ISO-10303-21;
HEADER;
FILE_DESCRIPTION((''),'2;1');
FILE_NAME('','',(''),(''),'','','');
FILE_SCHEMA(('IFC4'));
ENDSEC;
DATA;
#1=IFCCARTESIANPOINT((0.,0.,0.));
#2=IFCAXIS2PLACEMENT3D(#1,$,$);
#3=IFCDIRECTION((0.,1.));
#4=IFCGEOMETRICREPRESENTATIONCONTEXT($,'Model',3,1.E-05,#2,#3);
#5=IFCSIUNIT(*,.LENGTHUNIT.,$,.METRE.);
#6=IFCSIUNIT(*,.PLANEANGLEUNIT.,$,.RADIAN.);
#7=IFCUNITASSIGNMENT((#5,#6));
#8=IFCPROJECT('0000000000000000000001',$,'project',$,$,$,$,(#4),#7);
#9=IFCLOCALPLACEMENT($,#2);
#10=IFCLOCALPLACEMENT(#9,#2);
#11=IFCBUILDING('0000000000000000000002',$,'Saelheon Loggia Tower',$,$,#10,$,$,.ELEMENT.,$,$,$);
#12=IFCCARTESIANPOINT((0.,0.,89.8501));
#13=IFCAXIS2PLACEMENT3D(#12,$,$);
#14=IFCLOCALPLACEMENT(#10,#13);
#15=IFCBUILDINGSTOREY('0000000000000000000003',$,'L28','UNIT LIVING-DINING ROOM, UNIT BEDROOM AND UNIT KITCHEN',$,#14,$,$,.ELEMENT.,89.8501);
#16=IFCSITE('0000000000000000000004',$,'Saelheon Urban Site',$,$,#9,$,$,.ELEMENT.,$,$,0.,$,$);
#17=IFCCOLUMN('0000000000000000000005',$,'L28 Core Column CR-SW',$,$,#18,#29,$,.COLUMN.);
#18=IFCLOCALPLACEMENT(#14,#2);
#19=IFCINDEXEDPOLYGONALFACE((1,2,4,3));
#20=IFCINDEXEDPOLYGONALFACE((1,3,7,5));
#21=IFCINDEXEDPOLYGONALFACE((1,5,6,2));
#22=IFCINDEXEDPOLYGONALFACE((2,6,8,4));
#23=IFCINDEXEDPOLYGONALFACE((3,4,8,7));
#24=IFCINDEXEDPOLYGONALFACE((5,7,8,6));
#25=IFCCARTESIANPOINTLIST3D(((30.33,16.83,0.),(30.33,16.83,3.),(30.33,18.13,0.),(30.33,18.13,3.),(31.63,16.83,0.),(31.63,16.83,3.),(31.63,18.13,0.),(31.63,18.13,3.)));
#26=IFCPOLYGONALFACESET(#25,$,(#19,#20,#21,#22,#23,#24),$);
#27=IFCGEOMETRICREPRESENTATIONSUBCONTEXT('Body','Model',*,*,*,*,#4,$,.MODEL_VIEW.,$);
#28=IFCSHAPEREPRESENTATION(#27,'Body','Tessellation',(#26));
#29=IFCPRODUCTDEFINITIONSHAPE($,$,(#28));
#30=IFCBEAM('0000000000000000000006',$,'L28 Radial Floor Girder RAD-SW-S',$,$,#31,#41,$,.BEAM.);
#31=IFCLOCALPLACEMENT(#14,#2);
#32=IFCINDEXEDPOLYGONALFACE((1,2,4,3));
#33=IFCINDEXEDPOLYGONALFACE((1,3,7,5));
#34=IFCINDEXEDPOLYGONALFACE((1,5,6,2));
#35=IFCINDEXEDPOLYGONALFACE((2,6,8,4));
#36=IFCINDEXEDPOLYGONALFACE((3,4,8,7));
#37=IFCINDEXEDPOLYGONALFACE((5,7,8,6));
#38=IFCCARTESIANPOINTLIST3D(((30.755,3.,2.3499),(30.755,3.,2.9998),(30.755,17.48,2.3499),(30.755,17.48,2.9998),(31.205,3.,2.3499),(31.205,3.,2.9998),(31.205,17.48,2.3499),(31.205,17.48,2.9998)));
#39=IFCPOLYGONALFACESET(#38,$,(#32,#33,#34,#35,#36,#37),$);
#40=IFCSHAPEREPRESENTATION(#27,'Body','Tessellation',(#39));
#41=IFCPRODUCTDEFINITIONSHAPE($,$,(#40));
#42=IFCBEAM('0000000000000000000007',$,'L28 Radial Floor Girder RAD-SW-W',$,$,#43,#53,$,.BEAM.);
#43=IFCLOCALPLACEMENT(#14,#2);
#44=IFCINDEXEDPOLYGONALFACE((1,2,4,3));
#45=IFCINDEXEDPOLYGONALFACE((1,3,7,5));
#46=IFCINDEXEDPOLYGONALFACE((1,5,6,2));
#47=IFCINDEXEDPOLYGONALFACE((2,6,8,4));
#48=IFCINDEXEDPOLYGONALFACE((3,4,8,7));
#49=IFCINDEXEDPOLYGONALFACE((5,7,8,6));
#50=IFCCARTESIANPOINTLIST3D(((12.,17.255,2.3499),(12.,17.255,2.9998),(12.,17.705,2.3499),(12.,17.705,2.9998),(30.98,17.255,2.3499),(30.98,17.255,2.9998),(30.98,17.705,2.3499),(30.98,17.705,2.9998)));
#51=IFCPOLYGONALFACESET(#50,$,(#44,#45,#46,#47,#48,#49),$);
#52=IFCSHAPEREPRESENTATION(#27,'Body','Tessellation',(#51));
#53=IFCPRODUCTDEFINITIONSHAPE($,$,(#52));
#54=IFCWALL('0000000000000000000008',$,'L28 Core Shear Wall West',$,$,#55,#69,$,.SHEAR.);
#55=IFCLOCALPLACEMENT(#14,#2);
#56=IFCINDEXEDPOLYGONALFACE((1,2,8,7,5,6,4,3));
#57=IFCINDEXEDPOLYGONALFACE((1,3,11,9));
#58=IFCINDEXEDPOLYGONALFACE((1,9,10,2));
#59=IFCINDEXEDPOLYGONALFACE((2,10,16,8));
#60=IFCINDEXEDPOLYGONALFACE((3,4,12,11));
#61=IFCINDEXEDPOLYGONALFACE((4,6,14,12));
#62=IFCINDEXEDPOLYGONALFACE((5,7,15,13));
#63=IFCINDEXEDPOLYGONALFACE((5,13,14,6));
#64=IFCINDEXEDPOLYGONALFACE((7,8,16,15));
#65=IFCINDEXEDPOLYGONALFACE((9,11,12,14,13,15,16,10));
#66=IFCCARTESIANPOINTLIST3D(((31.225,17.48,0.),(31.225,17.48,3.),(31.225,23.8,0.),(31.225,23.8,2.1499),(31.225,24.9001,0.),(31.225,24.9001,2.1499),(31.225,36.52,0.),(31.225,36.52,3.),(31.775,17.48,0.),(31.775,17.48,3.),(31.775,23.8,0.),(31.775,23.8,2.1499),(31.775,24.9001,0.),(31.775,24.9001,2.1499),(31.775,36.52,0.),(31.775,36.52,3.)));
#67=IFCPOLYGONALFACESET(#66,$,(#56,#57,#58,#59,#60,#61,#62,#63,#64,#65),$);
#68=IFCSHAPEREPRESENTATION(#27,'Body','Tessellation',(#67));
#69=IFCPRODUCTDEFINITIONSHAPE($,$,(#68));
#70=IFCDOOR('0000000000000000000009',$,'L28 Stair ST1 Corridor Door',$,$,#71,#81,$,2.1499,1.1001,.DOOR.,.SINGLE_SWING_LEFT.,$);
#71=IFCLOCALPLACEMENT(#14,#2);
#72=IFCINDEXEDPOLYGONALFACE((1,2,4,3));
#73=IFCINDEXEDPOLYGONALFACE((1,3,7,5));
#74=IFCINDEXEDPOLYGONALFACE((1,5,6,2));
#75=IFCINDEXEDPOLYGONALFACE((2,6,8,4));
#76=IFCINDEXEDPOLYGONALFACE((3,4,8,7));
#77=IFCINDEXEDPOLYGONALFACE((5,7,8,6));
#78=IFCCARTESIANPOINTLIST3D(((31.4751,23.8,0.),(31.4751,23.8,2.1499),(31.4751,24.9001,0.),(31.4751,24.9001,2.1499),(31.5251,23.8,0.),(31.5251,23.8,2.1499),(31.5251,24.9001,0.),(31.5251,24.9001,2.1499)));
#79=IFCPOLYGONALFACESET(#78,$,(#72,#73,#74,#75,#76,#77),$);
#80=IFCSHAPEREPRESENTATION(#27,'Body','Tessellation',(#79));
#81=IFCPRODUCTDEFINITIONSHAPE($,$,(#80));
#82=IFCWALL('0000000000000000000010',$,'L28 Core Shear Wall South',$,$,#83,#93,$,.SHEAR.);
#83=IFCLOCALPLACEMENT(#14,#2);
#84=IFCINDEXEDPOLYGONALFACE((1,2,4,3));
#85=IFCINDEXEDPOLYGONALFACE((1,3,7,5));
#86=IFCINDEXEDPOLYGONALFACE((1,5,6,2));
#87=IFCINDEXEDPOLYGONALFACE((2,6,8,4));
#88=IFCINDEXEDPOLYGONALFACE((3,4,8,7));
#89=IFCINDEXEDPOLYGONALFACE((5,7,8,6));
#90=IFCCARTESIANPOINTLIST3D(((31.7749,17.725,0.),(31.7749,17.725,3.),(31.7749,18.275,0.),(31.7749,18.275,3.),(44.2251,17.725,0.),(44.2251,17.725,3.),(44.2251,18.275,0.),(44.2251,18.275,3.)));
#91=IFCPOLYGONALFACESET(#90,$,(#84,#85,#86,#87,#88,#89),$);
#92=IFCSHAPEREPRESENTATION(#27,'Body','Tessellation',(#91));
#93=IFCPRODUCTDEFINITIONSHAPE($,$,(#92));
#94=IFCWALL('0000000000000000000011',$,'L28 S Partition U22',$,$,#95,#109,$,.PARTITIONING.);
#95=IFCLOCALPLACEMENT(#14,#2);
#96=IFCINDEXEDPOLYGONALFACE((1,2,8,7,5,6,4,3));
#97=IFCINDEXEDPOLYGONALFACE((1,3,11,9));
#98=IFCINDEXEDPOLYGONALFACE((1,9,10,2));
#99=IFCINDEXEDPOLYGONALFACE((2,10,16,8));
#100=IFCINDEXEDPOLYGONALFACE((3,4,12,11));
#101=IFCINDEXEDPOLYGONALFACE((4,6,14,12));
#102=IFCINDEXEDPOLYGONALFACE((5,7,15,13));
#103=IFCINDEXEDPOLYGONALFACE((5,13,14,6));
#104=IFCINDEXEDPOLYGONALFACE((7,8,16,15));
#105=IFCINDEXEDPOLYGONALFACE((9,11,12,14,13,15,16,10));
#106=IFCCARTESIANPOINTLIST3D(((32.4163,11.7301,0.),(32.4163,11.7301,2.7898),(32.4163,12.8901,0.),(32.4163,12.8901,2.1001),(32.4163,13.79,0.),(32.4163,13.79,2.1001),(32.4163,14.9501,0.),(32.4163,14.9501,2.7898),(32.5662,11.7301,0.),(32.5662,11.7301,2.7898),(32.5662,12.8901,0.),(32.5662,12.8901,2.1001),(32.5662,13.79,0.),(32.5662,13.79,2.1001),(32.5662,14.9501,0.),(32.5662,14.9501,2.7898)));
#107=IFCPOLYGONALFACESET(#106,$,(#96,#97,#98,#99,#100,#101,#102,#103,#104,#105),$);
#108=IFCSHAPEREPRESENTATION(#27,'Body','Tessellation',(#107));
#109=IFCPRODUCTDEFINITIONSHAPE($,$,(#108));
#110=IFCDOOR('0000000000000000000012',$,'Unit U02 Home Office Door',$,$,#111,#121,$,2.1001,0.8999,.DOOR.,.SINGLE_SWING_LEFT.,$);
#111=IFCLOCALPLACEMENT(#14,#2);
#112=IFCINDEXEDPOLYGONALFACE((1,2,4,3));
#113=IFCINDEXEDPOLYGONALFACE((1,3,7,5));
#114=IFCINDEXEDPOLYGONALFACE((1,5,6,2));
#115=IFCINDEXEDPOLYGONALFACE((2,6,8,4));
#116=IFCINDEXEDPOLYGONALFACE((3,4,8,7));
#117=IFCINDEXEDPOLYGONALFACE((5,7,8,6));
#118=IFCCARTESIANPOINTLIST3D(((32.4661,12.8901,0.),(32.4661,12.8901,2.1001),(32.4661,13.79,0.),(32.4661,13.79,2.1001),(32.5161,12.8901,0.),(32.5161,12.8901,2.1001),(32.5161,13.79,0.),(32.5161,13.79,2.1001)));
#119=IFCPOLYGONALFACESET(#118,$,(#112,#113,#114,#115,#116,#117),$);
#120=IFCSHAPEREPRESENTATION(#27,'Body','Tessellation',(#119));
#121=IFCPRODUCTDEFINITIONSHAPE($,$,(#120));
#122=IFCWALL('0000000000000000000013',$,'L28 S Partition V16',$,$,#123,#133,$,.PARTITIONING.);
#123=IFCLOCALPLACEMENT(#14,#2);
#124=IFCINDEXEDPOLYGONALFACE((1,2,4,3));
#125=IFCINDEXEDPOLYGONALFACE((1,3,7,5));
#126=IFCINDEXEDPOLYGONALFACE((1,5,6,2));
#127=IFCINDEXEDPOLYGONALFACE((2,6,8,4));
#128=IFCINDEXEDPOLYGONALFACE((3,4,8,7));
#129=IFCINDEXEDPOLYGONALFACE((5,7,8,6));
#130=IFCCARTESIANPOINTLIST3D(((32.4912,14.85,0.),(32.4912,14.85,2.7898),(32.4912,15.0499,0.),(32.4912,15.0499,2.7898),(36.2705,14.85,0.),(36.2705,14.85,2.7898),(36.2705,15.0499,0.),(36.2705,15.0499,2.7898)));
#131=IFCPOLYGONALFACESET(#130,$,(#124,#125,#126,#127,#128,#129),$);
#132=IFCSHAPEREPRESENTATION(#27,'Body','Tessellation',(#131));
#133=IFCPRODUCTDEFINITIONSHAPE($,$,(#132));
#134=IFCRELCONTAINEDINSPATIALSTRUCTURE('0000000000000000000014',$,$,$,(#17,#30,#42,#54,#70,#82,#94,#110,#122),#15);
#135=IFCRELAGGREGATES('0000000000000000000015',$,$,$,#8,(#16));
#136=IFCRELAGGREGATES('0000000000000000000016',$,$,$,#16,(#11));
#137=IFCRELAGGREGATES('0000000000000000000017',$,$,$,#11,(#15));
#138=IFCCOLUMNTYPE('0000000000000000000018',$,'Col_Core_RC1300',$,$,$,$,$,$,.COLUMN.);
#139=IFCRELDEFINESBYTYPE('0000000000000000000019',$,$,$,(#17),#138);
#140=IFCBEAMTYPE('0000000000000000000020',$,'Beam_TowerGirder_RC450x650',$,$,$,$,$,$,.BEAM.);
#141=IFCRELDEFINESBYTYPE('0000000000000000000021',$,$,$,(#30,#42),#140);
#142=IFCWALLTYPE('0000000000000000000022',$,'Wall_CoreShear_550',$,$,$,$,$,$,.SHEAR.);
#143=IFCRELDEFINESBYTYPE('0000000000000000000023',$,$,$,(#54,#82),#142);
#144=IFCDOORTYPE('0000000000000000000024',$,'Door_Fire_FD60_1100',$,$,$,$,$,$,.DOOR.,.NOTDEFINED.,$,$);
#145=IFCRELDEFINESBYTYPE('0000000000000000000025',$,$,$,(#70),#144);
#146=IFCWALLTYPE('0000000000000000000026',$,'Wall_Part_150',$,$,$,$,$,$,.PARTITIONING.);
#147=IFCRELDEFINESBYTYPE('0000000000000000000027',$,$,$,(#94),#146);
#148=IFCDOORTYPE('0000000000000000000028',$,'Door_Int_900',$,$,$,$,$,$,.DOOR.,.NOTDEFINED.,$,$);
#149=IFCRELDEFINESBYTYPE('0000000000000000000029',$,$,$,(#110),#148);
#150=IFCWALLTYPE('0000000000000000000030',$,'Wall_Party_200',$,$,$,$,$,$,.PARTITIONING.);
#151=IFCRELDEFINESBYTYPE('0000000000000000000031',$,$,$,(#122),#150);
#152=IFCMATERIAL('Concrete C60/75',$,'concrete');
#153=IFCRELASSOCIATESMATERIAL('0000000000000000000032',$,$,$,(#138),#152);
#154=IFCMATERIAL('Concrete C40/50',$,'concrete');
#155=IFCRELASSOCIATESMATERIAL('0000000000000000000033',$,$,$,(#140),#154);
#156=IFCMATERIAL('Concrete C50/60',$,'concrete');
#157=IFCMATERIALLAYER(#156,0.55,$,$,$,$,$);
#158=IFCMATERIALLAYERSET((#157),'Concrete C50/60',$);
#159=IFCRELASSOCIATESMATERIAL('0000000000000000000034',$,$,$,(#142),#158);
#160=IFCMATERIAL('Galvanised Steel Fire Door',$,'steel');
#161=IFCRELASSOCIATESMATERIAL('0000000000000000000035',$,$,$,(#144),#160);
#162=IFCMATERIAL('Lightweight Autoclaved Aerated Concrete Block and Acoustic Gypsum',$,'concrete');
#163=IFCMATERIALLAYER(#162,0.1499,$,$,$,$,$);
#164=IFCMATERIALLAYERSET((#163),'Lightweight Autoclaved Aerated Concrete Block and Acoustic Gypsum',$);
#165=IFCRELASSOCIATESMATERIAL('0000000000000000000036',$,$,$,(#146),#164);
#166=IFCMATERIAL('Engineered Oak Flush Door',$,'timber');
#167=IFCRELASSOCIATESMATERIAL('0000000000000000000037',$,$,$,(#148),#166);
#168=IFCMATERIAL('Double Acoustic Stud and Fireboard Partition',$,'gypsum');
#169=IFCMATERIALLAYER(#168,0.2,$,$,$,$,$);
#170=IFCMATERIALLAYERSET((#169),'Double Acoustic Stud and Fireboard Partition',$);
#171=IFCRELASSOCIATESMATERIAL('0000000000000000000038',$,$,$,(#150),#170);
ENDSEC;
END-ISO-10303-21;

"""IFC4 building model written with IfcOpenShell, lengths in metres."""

from ifc_helpers import new_model, si_unit, direction, frame, frame_2d, origin, origin_2d, place, context, subcontext, project, spatial, rectangle, extrude, source, transform, mapped, material, layer, layer_set, material_profile, profile_set, type_object, element, fill, save


model = new_model("IFC4")

# Units and contexts
model_context = context("Model", 3, precision=1e-05, world=origin(), true_north=direction((0.0, 1.0)))
body_context = subcontext(model_context, "Body", "Model", "MODEL_VIEW")
ifc_project = project(units=[si_unit("LENGTHUNIT", "METRE"), si_unit("PLANEANGLEUNIT", "RADIAN")], contexts=[model_context])

# Site, building, storey
site_placement = place(None, origin())
site = spatial("IfcSite", under=ifc_project, at=site_placement, Name="Saelheon Urban Site", CompositionType="ELEMENT", RefElevation=0.0)
building_placement = place(site_placement, origin())
building = spatial("IfcBuilding", under=site, at=building_placement, Name="Saelheon Loggia Tower", CompositionType="ELEMENT")
storey_placement = place(building_placement, frame((0.0, 0.0, 89.8501)))
storey = spatial("IfcBuildingStorey", under=building, at=storey_placement, Name="L28", Description="UNIT LIVING-DINING ROOM, UNIT BEDROOM AND UNIT KITCHEN", CompositionType="ELEMENT", Elevation=89.8501)

# Column
ifc_material_1 = material(Name="Concrete C60/75", Category="concrete")
ifc_material_profile_1 = material_profile(ifc_material_1, rectangle(XDim=1.3, YDim=1.3, at=origin_2d()), Name="RC-1300x1300")
ifc_profile_set_1 = profile_set([ifc_material_profile_1], Name="Concrete C60/75")
column_type = type_object("IfcColumnType", Name="Col_Core_RC1300", PredefinedType="COLUMN", material=ifc_profile_set_1)
shared_shape_1 = source(origin(), body_context, "Body", "SweptSolid", [
    extrude(rectangle(XDim=1.3, YDim=1.3, at=origin_2d()), origin(), (0.0, 0.0, 1.0), 3.0),
])
column_placement = place(storey_placement, frame((30.98, 17.48, 0.0), z_axis=(0.0, 0.0, 1.0), x_axis=(1.0, 0.0, 0.0)))
element("IfcColumn", 1, at=column_placement, inside=storey, type_object=column_type, Name="L28 Core Column CR-SW", PredefinedType="COLUMN", context=body_context, shape_type="MappedRepresentation", body=[
    mapped(shared_shape_1, transform((0.0, 0.0, 0.0), scale=1.0)),
])

# Beams
ifc_material_2 = material(Name="Concrete C40/50", Category="concrete")
ifc_material_profile_2 = material_profile(ifc_material_2, rectangle(XDim=0.45, YDim=0.6499, at=origin_2d()), Name="RC-450x650")
ifc_profile_set_2 = profile_set([ifc_material_profile_2], Name="Concrete C40/50")
beam_type = type_object("IfcBeamType", Name="Beam_TowerGirder_RC450x650", PredefinedType="BEAM", material=ifc_profile_set_2)
shared_shape_2 = source(origin(), body_context, "Body", "SweptSolid", [
    extrude(rectangle(XDim=0.45, YDim=0.6499, at=origin_2d()), origin(), (0.0, 0.0, 1.0), 14.48),
])
beam_1_placement = place(storey_placement, frame((30.98, 17.48, 2.6748), z_axis=(0.0, -1.0, 0.0), x_axis=(1.0, 0.0, 0.0)))
element("IfcBeam", 2, at=beam_1_placement, inside=storey, type_object=beam_type, Name="L28 Radial Floor Girder RAD-SW-S", PredefinedType="BEAM", context=body_context, shape_type="MappedRepresentation", body=[
    mapped(shared_shape_2, transform((0.0, 0.0, 0.0), scale=1.0)),
])
shared_shape_3 = source(origin(), body_context, "Body", "SweptSolid", [
    extrude(rectangle(XDim=0.45, YDim=0.6499, at=origin_2d()), origin(), (0.0, 0.0, 1.0), 18.98),
])
beam_2_placement = place(storey_placement, frame((30.98, 17.48, 2.6748), z_axis=(-1.0, 0.0, 0.0), x_axis=(0.0, -1.0, 0.0)))
element("IfcBeam", 3, at=beam_2_placement, inside=storey, type_object=beam_type, Name="L28 Radial Floor Girder RAD-SW-W", PredefinedType="BEAM", context=body_context, shape_type="MappedRepresentation", body=[
    mapped(shared_shape_3, transform((0.0, 0.0, 0.0), scale=1.0)),
])

# Wall, opening, door
ifc_material_3 = material(Name="Concrete C50/60", Category="concrete")
ifc_layer_1 = layer(ifc_material_3, 0.55)
ifc_layer_set_1 = layer_set([ifc_layer_1], Name="Concrete C50/60")
wall_type_1 = type_object("IfcWallType", Name="Wall_CoreShear_550", PredefinedType="SHEAR", material=ifc_layer_set_1)
wall_1_placement = place(storey_placement, frame((31.5, 17.48, 0.0), z_axis=(0.0, 0.0, 1.0), x_axis=(0.0, 1.0, 0.0)))
wall_1 = element("IfcWall", 4, at=wall_1_placement, inside=storey, type_object=wall_type_1, Name="L28 Core Shear Wall West", PredefinedType="SHEAR", context=body_context, shape_type="SweptSolid", body=[
    extrude(rectangle(XDim=19.04, YDim=0.55, at=frame_2d((9.52, 0.0))), origin(), (0.0, 0.0, 1.0), 3.0),
])
opening_1_placement = place(wall_1_placement, frame((6.3201, 0.0, 0.0)))
opening_1 = element("IfcOpeningElement", 5, at=opening_1_placement, cuts=wall_1, PredefinedType="OPENING", context=body_context, shape_type="SweptSolid", body=[
    extrude(rectangle(XDim=1.1001, YDim=2.1499, at=frame_2d((0.55, 1.075))), frame((0.0, 0.2871, 0.0), z_axis=(0.0, -1.0, 0.0), x_axis=(1.0, 0.0, 0.0)), (0.0, 0.0, 1.0), 0.574),
])
ifc_material_4 = material(Name="Galvanised Steel Fire Door", Category="steel")
door_type_1 = type_object("IfcDoorType", Name="Door_Fire_FD60_1100", OperationType="NOTDEFINED", PredefinedType="DOOR", material=ifc_material_4)
shared_shape_4 = source(origin(), body_context, "Body", "SweptSolid", [
    extrude(rectangle(XDim=1.1001, YDim=2.1499, at=frame_2d((0.55, 1.075))), frame((0.0, 0.0249, 0.0), z_axis=(0.0, -1.0, 0.0), x_axis=(1.0, 0.0, 0.0)), (0.0, 0.0, 1.0), 0.05),
])
door_1_placement = place(opening_1_placement, origin())
door_1 = element("IfcDoor", 6, at=door_1_placement, inside=storey, type_object=door_type_1, Name="L28 Stair ST1 Corridor Door", OperationType="SINGLE_SWING_LEFT", OverallHeight=2.1499, OverallWidth=1.1001, PredefinedType="DOOR", context=body_context, shape_type="MappedRepresentation", body=[
    mapped(shared_shape_4, transform((0.0, 0.0, 0.0), scale=1.0)),
])
fill(opening_1, door_1)

# Wall
wall_2_placement = place(storey_placement, frame((31.7749, 18.0, 0.0), z_axis=(0.0, 0.0, 1.0), x_axis=(1.0, 0.0, 0.0)))
element("IfcWall", 7, at=wall_2_placement, inside=storey, type_object=wall_type_1, Name="L28 Core Shear Wall South", PredefinedType="SHEAR", context=body_context, shape_type="SweptSolid", body=[
    extrude(rectangle(XDim=12.4502, YDim=0.55, at=frame_2d((6.2251, 0.0))), origin(), (0.0, 0.0, 1.0), 3.0),
])

# Wall, opening, door
ifc_material_5 = material(Name="Lightweight Autoclaved Aerated Concrete Block and Acoustic Gypsum", Category="concrete")
ifc_layer_2 = layer(ifc_material_5, 0.1499)
ifc_layer_set_2 = layer_set([ifc_layer_2], Name="Lightweight Autoclaved Aerated Concrete Block and Acoustic Gypsum")
wall_type_2 = type_object("IfcWallType", Name="Wall_Part_150", PredefinedType="PARTITIONING", material=ifc_layer_set_2)
wall_3_placement = place(storey_placement, frame((32.4912, 14.95, 0.0), z_axis=(0.0, 0.0, 1.0), x_axis=(0.0, -1.0, 0.0)))
wall_3 = element("IfcWall", 8, at=wall_3_placement, inside=storey, type_object=wall_type_2, Name="L28 S Partition U22", PredefinedType="PARTITIONING", context=body_context, shape_type="SweptSolid", body=[
    extrude(rectangle(XDim=3.22, YDim=0.1499, at=frame_2d((1.6099, 0.0))), origin(), (0.0, 0.0, 1.0), 2.7898),
])
opening_2_placement = place(wall_3_placement, frame((1.1599, 0.0, 0.0)))
opening_2 = element("IfcOpeningElement", 9, at=opening_2_placement, cuts=wall_3, PredefinedType="OPENING", context=body_context, shape_type="SweptSolid", body=[
    extrude(rectangle(XDim=0.8999, YDim=2.1001, at=frame_2d((0.45, 1.05))), frame((0.0, 0.0869, 0.0), z_axis=(0.0, -1.0, 0.0), x_axis=(1.0, 0.0, 0.0)), (0.0, 0.0, 1.0), 0.1738),
])
ifc_material_6 = material(Name="Engineered Oak Flush Door", Category="timber")
door_type_2 = type_object("IfcDoorType", Name="Door_Int_900", OperationType="NOTDEFINED", PredefinedType="DOOR", material=ifc_material_6)
shared_shape_5 = source(origin(), body_context, "Body", "SweptSolid", [
    extrude(rectangle(XDim=0.8999, YDim=2.1001, at=frame_2d((0.45, 1.05))), frame((0.0, 0.0249, 0.0), z_axis=(0.0, -1.0, 0.0), x_axis=(1.0, 0.0, 0.0)), (0.0, 0.0, 1.0), 0.05),
])
door_2_placement = place(opening_2_placement, origin())
door_2 = element("IfcDoor", 10, at=door_2_placement, inside=storey, type_object=door_type_2, Name="Unit U02 Home Office Door", OperationType="SINGLE_SWING_LEFT", OverallHeight=2.1001, OverallWidth=0.8999, PredefinedType="DOOR", context=body_context, shape_type="MappedRepresentation", body=[
    mapped(shared_shape_5, transform((0.0, 0.0, 0.0), scale=1.0)),
])
fill(opening_2, door_2)
ifc_material_7 = material(Name="Double Acoustic Stud and Fireboard Partition", Category="gypsum")
ifc_layer_3 = layer(ifc_material_7, 0.2)
ifc_layer_set_3 = layer_set([ifc_layer_3], Name="Double Acoustic Stud and Fireboard Partition")
wall_type_3 = type_object("IfcWallType", Name="Wall_Party_200", PredefinedType="PARTITIONING", material=ifc_layer_set_3)

# Wall
wall_4_placement = place(storey_placement, frame((32.4912, 14.95, 0.0), z_axis=(0.0, 0.0, 1.0), x_axis=(1.0, 0.0, 0.0)))
element("IfcWall", 11, at=wall_4_placement, inside=storey, type_object=wall_type_3, Name="L28 S Partition V16", PredefinedType="PARTITIONING", context=body_context, shape_type="SweptSolid", body=[
    extrude(rectangle(XDim=3.7793, YDim=0.2, at=frame_2d((1.8896, 0.0))), origin(), (0.0, 0.0, 1.0), 2.7898),
])

save(model, "model.ifc")
